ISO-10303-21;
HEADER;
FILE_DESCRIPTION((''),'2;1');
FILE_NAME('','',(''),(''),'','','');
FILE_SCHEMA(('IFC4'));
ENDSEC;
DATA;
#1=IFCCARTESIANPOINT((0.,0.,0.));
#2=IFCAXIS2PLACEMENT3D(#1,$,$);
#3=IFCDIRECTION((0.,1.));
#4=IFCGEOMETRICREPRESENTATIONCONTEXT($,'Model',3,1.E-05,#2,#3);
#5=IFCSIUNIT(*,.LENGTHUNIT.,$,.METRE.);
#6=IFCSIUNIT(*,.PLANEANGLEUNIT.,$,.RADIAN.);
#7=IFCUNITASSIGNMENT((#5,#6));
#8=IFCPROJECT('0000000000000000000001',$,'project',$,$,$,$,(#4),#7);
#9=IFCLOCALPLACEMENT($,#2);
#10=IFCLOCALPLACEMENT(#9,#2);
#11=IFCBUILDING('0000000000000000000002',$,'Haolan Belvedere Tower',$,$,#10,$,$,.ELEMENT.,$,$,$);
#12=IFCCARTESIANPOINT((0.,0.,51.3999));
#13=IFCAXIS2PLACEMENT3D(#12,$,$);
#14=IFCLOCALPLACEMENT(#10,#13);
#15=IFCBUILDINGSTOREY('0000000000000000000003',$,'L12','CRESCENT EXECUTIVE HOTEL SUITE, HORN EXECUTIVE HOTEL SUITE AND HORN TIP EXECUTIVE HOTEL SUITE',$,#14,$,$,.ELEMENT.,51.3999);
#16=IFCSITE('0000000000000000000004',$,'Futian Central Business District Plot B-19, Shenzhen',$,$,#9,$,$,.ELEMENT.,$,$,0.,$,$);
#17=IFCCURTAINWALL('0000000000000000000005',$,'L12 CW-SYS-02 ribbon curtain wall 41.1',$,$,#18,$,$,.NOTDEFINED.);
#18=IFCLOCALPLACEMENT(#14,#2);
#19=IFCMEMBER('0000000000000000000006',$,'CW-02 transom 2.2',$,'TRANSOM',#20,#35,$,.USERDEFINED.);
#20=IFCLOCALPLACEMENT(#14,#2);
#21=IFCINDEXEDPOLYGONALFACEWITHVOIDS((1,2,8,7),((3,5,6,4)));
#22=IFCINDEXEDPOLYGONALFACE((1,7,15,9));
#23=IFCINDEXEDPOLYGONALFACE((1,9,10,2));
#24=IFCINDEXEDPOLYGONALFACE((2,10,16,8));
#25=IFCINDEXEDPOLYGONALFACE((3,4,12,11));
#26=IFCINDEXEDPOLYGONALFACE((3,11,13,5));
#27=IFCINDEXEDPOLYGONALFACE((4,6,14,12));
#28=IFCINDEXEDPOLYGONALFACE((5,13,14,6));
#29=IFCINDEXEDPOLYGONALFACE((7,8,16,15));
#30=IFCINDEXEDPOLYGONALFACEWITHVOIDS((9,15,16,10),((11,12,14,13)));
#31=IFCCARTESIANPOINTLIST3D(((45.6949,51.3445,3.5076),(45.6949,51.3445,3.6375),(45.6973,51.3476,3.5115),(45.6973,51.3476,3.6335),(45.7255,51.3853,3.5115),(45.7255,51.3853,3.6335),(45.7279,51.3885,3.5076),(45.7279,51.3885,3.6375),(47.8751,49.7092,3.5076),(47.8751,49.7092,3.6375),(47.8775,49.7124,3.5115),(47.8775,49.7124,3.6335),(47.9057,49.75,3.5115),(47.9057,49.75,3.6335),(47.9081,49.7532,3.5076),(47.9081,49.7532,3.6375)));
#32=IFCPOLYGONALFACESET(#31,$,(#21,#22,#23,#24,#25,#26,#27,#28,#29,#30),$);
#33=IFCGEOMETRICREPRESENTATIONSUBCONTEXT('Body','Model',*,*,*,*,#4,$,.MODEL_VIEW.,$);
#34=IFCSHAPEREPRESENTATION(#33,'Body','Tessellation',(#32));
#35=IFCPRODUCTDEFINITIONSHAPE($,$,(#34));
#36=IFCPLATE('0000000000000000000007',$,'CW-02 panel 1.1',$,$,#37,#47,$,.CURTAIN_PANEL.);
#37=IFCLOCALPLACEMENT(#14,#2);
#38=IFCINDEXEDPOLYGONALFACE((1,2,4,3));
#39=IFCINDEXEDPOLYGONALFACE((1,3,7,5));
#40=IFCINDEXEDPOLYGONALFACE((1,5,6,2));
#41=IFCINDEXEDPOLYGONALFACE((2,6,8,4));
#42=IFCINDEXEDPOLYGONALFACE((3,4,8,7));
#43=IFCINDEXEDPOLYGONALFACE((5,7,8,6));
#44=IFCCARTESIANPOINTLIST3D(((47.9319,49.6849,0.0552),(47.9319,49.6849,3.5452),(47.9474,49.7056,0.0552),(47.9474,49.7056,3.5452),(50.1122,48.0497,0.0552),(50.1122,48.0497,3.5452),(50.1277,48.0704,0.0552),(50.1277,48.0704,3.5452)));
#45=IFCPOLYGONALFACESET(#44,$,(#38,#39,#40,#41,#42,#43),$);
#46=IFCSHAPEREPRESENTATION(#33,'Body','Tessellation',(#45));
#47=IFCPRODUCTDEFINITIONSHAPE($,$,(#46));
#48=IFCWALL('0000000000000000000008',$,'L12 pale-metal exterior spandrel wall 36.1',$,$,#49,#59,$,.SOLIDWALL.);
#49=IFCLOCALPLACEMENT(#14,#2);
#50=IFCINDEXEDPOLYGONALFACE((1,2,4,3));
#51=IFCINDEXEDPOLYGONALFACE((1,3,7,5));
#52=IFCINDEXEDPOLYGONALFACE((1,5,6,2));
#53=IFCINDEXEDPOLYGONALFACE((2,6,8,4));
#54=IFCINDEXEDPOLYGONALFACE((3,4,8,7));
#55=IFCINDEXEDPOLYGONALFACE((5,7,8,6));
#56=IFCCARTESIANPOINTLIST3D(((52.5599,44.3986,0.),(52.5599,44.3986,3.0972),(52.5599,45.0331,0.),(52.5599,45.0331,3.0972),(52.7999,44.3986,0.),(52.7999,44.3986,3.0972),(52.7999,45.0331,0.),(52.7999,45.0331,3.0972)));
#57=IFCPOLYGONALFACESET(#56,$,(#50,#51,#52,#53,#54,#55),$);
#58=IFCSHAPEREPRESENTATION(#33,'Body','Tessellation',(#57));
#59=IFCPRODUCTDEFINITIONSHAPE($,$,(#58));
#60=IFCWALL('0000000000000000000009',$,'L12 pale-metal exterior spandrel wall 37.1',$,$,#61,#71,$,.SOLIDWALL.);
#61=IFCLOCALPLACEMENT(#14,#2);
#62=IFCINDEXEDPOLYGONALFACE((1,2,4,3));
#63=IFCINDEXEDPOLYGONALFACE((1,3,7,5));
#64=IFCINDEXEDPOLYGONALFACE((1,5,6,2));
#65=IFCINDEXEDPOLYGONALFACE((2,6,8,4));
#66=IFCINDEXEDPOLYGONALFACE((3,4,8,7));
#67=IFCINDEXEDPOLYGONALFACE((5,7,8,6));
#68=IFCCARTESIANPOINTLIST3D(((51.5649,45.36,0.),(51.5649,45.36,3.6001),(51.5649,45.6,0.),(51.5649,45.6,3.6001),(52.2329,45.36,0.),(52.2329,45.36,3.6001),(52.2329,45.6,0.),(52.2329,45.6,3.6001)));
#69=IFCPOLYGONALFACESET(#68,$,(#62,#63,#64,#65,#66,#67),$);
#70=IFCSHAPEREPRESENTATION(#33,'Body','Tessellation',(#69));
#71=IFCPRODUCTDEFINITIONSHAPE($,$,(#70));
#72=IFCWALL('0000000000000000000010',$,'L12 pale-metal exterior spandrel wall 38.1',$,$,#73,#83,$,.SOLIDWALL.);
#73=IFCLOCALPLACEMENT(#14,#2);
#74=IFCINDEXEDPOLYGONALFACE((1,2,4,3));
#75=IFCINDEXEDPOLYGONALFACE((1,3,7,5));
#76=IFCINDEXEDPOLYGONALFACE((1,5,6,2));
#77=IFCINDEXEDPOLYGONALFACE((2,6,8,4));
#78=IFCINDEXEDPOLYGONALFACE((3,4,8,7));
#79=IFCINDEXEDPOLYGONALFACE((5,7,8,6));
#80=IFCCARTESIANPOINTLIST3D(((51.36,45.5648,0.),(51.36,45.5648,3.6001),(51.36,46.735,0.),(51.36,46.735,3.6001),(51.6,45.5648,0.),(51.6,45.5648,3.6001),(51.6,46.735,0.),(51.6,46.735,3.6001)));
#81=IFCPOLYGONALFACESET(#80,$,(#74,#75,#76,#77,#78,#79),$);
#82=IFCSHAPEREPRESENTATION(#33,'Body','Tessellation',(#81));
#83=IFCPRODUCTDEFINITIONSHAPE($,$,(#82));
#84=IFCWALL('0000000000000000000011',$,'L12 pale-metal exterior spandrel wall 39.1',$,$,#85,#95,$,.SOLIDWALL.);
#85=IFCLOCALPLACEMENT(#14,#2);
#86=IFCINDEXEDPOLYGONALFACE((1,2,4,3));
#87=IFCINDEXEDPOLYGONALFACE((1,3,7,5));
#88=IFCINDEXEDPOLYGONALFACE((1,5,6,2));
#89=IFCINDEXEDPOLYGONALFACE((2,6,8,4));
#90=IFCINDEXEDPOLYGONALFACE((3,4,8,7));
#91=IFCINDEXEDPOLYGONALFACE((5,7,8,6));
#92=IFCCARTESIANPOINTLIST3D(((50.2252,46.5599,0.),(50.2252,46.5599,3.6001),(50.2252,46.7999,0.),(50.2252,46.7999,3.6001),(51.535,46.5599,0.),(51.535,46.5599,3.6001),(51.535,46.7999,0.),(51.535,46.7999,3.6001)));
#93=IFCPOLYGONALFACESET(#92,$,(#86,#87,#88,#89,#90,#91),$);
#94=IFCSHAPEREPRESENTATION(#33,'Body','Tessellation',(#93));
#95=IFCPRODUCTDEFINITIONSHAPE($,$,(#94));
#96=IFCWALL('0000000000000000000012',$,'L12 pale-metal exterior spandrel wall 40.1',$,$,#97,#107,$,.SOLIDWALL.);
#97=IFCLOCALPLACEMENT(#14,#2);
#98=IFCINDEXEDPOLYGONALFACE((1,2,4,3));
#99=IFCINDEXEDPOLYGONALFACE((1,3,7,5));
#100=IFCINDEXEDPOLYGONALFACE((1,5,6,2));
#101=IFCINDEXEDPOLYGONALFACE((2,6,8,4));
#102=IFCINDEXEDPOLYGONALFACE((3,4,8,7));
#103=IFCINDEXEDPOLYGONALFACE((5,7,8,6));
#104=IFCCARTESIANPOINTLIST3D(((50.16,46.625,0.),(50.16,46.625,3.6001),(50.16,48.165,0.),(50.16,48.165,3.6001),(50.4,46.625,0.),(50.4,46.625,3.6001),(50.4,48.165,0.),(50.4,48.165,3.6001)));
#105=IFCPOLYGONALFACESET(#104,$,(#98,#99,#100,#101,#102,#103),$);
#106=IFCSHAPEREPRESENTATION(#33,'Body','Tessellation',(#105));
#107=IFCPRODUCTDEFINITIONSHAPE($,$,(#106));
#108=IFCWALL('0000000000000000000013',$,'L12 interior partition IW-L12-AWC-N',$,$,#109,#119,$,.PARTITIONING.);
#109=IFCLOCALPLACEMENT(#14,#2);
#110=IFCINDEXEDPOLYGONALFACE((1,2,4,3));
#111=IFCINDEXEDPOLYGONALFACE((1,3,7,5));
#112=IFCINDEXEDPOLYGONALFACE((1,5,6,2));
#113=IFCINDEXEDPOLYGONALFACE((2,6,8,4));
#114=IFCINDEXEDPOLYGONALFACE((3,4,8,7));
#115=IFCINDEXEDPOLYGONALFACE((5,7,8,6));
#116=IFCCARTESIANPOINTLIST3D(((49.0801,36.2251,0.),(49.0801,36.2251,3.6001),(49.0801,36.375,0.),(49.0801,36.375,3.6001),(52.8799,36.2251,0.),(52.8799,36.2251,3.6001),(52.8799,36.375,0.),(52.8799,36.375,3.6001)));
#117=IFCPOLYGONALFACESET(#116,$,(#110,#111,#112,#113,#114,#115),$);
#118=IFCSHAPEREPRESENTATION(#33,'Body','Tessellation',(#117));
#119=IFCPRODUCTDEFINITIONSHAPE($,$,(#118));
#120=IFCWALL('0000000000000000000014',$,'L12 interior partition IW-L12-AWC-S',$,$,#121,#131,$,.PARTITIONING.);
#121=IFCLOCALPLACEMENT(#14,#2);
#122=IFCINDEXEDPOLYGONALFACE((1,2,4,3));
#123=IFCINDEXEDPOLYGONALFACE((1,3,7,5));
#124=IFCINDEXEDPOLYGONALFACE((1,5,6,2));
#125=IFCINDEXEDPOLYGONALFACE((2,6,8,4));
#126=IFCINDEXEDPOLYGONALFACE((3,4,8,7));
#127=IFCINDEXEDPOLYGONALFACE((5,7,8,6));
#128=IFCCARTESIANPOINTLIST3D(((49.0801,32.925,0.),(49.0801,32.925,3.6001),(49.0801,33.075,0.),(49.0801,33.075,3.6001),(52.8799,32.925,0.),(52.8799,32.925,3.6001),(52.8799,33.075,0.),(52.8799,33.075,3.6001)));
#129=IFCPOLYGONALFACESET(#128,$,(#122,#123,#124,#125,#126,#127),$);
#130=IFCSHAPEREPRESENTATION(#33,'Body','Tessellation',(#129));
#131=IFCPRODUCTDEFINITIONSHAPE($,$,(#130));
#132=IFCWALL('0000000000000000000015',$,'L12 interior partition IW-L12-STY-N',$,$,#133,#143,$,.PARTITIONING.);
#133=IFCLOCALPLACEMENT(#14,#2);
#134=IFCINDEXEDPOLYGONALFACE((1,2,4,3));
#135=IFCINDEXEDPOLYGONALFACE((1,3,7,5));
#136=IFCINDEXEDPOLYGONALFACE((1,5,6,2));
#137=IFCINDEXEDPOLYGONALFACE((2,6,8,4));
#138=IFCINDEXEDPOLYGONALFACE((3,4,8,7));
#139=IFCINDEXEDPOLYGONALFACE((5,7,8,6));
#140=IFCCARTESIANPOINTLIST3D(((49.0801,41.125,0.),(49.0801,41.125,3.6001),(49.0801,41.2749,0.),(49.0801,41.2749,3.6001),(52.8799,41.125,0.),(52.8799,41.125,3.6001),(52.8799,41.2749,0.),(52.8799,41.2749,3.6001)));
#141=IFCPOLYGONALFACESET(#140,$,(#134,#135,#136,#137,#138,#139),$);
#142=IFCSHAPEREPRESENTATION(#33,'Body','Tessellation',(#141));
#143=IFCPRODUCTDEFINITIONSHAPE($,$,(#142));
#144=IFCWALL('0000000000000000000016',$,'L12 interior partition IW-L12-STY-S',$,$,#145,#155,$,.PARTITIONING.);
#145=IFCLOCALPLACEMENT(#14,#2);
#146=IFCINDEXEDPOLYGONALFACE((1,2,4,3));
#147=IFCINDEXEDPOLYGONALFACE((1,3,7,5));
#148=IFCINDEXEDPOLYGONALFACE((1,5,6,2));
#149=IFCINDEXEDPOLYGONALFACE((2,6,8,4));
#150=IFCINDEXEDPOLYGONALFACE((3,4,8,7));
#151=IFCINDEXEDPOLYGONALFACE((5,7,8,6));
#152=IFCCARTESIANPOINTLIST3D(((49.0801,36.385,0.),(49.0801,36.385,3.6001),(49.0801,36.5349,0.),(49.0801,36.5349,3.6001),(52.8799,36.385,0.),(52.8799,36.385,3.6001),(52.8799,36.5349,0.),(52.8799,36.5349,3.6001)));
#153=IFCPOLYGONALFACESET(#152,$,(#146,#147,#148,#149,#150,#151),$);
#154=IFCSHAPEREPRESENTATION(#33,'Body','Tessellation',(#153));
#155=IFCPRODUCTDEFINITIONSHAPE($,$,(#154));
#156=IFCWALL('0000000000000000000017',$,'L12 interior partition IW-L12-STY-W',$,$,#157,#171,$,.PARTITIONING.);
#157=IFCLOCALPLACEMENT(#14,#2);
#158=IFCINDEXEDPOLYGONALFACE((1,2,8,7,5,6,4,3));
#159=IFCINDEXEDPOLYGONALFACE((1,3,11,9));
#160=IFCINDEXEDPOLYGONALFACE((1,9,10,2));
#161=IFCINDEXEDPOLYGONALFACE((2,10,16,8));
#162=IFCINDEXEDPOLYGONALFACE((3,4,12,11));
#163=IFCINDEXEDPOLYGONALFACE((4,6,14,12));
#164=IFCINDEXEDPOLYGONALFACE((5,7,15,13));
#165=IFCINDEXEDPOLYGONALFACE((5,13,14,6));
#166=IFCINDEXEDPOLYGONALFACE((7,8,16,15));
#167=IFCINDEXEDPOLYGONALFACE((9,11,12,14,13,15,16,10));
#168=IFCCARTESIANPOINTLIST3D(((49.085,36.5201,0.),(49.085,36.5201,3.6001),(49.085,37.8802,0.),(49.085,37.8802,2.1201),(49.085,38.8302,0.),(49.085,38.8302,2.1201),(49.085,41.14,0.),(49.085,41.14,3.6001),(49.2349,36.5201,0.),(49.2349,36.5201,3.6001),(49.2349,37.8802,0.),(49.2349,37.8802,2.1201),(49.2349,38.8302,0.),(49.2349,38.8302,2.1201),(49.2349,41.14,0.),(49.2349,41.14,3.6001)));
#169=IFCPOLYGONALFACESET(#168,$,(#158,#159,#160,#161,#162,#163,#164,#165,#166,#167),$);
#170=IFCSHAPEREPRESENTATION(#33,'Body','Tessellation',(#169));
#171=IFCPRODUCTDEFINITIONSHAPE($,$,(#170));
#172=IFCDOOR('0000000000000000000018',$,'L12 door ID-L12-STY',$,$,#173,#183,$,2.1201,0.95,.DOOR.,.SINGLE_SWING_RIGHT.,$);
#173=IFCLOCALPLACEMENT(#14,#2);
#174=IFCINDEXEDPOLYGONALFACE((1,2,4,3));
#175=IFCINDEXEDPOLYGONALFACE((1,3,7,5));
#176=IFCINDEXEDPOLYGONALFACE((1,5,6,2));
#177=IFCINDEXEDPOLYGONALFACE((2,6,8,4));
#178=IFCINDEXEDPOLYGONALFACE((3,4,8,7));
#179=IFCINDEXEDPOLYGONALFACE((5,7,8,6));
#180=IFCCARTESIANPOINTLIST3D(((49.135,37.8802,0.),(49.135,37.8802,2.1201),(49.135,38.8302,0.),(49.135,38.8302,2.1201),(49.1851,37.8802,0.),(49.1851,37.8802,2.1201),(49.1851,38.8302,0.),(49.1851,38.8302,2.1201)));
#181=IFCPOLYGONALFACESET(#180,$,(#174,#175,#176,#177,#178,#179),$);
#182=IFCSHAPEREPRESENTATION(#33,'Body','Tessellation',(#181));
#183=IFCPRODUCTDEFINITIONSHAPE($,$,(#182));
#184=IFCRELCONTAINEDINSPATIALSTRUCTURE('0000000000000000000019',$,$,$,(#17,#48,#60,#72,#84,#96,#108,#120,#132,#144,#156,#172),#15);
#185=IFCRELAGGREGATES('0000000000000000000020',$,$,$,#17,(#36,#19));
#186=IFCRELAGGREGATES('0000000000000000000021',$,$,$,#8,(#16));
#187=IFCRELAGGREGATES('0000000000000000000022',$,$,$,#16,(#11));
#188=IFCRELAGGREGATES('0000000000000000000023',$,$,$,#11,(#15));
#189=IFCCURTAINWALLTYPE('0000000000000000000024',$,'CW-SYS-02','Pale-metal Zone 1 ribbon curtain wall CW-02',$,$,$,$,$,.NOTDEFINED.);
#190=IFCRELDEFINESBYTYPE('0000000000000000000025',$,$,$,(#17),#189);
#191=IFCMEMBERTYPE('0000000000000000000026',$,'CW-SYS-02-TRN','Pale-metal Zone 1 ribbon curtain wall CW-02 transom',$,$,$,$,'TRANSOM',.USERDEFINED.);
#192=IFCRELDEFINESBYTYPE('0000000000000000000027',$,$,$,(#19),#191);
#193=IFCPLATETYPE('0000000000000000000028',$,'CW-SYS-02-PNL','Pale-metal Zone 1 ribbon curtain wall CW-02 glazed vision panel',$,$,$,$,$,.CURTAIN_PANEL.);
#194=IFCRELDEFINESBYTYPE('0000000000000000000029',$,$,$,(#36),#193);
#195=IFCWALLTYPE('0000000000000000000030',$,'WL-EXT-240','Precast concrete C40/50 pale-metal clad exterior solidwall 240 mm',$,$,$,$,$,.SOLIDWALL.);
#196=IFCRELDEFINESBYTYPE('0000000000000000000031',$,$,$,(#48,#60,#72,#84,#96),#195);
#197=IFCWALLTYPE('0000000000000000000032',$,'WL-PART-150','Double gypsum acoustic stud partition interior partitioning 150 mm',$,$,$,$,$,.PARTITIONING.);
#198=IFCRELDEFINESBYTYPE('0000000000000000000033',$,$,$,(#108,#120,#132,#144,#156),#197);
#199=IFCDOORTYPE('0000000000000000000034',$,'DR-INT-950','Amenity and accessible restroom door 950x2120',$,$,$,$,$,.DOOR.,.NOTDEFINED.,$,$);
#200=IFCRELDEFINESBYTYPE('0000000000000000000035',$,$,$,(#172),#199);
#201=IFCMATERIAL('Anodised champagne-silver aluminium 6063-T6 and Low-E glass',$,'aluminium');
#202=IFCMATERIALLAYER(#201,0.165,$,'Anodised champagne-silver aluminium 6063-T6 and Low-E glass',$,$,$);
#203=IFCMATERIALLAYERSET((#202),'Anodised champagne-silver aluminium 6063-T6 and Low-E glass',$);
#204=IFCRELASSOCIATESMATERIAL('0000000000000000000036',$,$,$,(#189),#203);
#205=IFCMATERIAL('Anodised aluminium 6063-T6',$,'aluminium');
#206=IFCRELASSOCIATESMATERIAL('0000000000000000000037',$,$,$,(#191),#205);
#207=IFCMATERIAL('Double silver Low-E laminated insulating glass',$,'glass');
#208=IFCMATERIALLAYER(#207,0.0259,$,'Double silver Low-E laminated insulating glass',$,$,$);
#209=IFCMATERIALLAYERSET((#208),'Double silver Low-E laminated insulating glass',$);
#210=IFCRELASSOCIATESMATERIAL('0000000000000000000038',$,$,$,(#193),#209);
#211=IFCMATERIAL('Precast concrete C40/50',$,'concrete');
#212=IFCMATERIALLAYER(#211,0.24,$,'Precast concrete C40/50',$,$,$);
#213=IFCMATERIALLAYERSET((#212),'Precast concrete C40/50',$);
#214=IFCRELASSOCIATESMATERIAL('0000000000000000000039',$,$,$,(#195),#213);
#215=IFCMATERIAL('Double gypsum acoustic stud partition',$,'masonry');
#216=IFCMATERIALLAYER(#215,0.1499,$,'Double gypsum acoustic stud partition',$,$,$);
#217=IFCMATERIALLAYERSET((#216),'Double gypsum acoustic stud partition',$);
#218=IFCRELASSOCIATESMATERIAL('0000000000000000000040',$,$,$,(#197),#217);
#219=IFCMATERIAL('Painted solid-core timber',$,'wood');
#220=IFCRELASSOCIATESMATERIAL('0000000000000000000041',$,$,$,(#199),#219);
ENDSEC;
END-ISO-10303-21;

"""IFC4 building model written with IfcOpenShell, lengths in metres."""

from ifc_helpers import new_model, si_unit, direction, frame, frame_2d, origin, origin_2d, place, context, subcontext, project, spatial, rectangle, hollow_rectangle, extrude, material, layer, layer_set, material_profile, profile_set, type_object, element, fill, aggregate, save


model = new_model("IFC4")

# Units and contexts
model_context = context("Model", 3, precision=1e-05, world=origin(), true_north=direction((0.0, 1.0)))
body_context = subcontext(model_context, "Body", "Model", "MODEL_VIEW")
ifc_project = project(units=[si_unit("LENGTHUNIT", "METRE"), si_unit("PLANEANGLEUNIT", "RADIAN")], contexts=[model_context])

# Site, building, storey
site_placement = place(None, origin())
site = spatial("IfcSite", under=ifc_project, at=site_placement, Name="Futian Central Business District Plot B-19, Shenzhen", CompositionType="ELEMENT", RefElevation=0.0)
building_placement = place(site_placement, origin())
building = spatial("IfcBuilding", under=site, at=building_placement, Name="Haolan Belvedere Tower", CompositionType="ELEMENT")
storey_placement = place(building_placement, frame((0.0, 0.0, 51.3999)))
storey = spatial("IfcBuildingStorey", under=building, at=storey_placement, Name="L12", Description="CRESCENT EXECUTIVE HOTEL SUITE, HORN EXECUTIVE HOTEL SUITE AND HORN TIP EXECUTIVE HOTEL SUITE", CompositionType="ELEMENT", Elevation=51.3999)

# Curtain wall, member, plate
ifc_material_1 = material(Name="Anodised champagne-silver aluminium 6063-T6 and Low-E glass", Category="aluminium")
ifc_layer_1 = layer(ifc_material_1, 0.165, Name="Anodised champagne-silver aluminium 6063-T6 and Low-E glass")
ifc_layer_set_1 = layer_set([ifc_layer_1], Name="Anodised champagne-silver aluminium 6063-T6 and Low-E glass")
curtain_wall_type = type_object("IfcCurtainWallType", Name="CW-SYS-02", Description="Pale-metal Zone 1 ribbon curtain wall CW-02", PredefinedType="NOTDEFINED", material=ifc_layer_set_1)
curtain_wall_placement = place(storey_placement, origin())
curtain_wall = element("IfcCurtainWall", 1, at=curtain_wall_placement, inside=storey, type_object=curtain_wall_type, Name="L12 CW-SYS-02 ribbon curtain wall 41.1", PredefinedType="NOTDEFINED")
ifc_material_2 = material(Name="Anodised aluminium 6063-T6", Category="aluminium")
ifc_material_profile_1 = material_profile(ifc_material_2, hollow_rectangle(XDim=0.0549, YDim=0.1299, WallThickness=0.0039, at=origin_2d()), Name="Anodised aluminium 6063-T6")
ifc_profile_set_1 = profile_set([ifc_material_profile_1], Name="Anodised aluminium 6063-T6")
member_type_1 = type_object("IfcMemberType", Name="CW-SYS-02-TRN", Description="Pale-metal Zone 1 ribbon curtain wall CW-02 transom", ElementType="TRANSOM", PredefinedType="USERDEFINED", material=ifc_profile_set_1)
member_1_placement = place(storey_placement, frame((47.8916, 49.7312, 3.5725), z_axis=(-0.799978, 0.600029, 0.0), x_axis=(-0.600029, -0.799978, 0.0)))
member_1 = element("IfcMember", 2, at=member_1_placement, type_object=member_type_1, Name="CW-02 transom 2.2", ObjectType="TRANSOM", PredefinedType="USERDEFINED", context=body_context, shape_type="SweptSolid", body=[
    extrude(hollow_rectangle(XDim=0.0549, YDim=0.1299, WallThickness=0.0039, at=origin_2d()), origin(), (0.0, 0.0, 1.0), 2.7253),
])
ifc_material_3 = material(Name="Double silver Low-E laminated insulating glass", Category="glass")
ifc_layer_2 = layer(ifc_material_3, 0.0259, Name="Double silver Low-E laminated insulating glass")
ifc_layer_set_2 = layer_set([ifc_layer_2], Name="Double silver Low-E laminated insulating glass")
plate_type = type_object("IfcPlateType", Name="CW-SYS-02-PNL", Description="Pale-metal Zone 1 ribbon curtain wall CW-02 glazed vision panel", PredefinedType="CURTAIN_PANEL", material=ifc_layer_set_2)
plate_placement = place(storey_placement, frame((49.0298, 48.8777, 0.0552), z_axis=(0.0, 0.0, 1.0), x_axis=(-0.800004, 0.599994, 0.0)))
plate = element("IfcPlate", 3, at=plate_placement, type_object=plate_type, Name="CW-02 panel 1.1", PredefinedType="CURTAIN_PANEL", context=body_context, shape_type="SweptSolid", body=[
    extrude(rectangle(XDim=2.7253, YDim=0.0259, at=origin_2d()), origin(), (0.0, 0.0, 1.0), 3.49),
])
aggregate(curtain_wall, [plate, member_1])

# Walls
ifc_material_4 = material(Name="Precast concrete C40/50", Category="concrete")
ifc_layer_3 = layer(ifc_material_4, 0.24, Name="Precast concrete C40/50")
ifc_layer_set_3 = layer_set([ifc_layer_3], Name="Precast concrete C40/50")
wall_type_1 = type_object("IfcWallType", Name="WL-EXT-240", Description="Precast concrete C40/50 pale-metal clad exterior solidwall 240 mm", PredefinedType="SOLIDWALL", material=ifc_layer_set_3)
wall_1_placement = place(storey_placement, frame((52.6799, 44.3984, 0.0), z_axis=(0.0, 0.0, 1.0), x_axis=(0.0, 1.0, 0.0)))
element("IfcWall", 4, at=wall_1_placement, inside=storey, type_object=wall_type_1, Name="L12 pale-metal exterior spandrel wall 36.1", PredefinedType="SOLIDWALL", context=body_context, shape_type="SweptSolid", body=[
    extrude(rectangle(XDim=0.6345, YDim=0.24, at=frame_2d((0.3174, 0.0))), origin(), (0.0, 0.0, 1.0), 3.0972),
])
wall_2_placement = place(storey_placement, frame((52.2329, 45.48, 0.0), z_axis=(0.0, 0.0, 1.0), x_axis=(-1.0, 0.0, 0.0)))
element("IfcWall", 5, at=wall_2_placement, inside=storey, type_object=wall_type_1, Name="L12 pale-metal exterior spandrel wall 37.1", PredefinedType="SOLIDWALL", context=body_context, shape_type="SweptSolid", body=[
    extrude(rectangle(XDim=0.668, YDim=0.24, at=frame_2d((0.334, 0.0))), origin(), (0.0, 0.0, 1.0), 3.6001),
])
wall_3_placement = place(storey_placement, frame((51.48, 45.5649, 0.0), z_axis=(0.0, 0.0, 1.0), x_axis=(0.0, 1.0, 0.0)))
element("IfcWall", 6, at=wall_3_placement, inside=storey, type_object=wall_type_1, Name="L12 pale-metal exterior spandrel wall 38.1", PredefinedType="SOLIDWALL", context=body_context, shape_type="SweptSolid", body=[
    extrude(rectangle(XDim=1.1702, YDim=0.24, at=frame_2d((0.585, 0.0))), origin(), (0.0, 0.0, 1.0), 3.6001),
])
wall_4_placement = place(storey_placement, frame((51.5349, 46.6799, 0.0), z_axis=(0.0, 0.0, 1.0), x_axis=(-1.0, 0.0, 0.0)))
element("IfcWall", 7, at=wall_4_placement, inside=storey, type_object=wall_type_1, Name="L12 pale-metal exterior spandrel wall 39.1", PredefinedType="SOLIDWALL", context=body_context, shape_type="SweptSolid", body=[
    extrude(rectangle(XDim=1.3098, YDim=0.24, at=frame_2d((0.6548, 0.0))), origin(), (0.0, 0.0, 1.0), 3.6001),
])
wall_5_placement = place(storey_placement, frame((50.28, 46.625, 0.0), z_axis=(0.0, 0.0, 1.0), x_axis=(0.0, 1.0, 0.0)))
element("IfcWall", 8, at=wall_5_placement, inside=storey, type_object=wall_type_1, Name="L12 pale-metal exterior spandrel wall 40.1", PredefinedType="SOLIDWALL", context=body_context, shape_type="SweptSolid", body=[
    extrude(rectangle(XDim=1.54, YDim=0.24, at=frame_2d((0.77, 0.0))), origin(), (0.0, 0.0, 1.0), 3.6001),
])
ifc_material_5 = material(Name="Double gypsum acoustic stud partition", Category="masonry")
ifc_layer_4 = layer(ifc_material_5, 0.1499, Name="Double gypsum acoustic stud partition")
ifc_layer_set_4 = layer_set([ifc_layer_4], Name="Double gypsum acoustic stud partition")
wall_type_2 = type_object("IfcWallType", Name="WL-PART-150", Description="Double gypsum acoustic stud partition interior partitioning 150 mm", PredefinedType="PARTITIONING", material=ifc_layer_set_4)
for number, where, z_axis, x_axis, name in (
    (9, (49.0801, 36.3, 0.0), (0.0, 0.0, 1.0), (1.0, 0.0, 0.0), "L12 interior partition IW-L12-AWC-N"),
    (10, (49.0801, 33.0, 0.0), (0.0, 0.0, 1.0), (1.0, 0.0, 0.0), "L12 interior partition IW-L12-AWC-S"),
):
    element("IfcWall", number, at=place(storey_placement, frame(where, z_axis=z_axis, x_axis=x_axis)), inside=storey, type_object=wall_type_2, Name=name, PredefinedType="PARTITIONING", context=body_context, shape_type="SweptSolid", body=[
        extrude(rectangle(XDim=3.7998, YDim=0.1499, at=frame_2d((1.8999, 0.0))), origin(), (0.0, 0.0, 1.0), 3.6001),
    ])

# Shared definitions
ifc_material_6 = material(Name="Painted solid-core timber", Category="wood")
door_type = type_object("IfcDoorType", Name="DR-INT-950", Description="Amenity and accessible restroom door 950x2120", OperationType="NOTDEFINED", PredefinedType="DOOR", material=ifc_material_6)

# Walls
for number, where, z_axis, x_axis, name in (
    (11, (49.0801, 41.2, 0.0), (0.0, 0.0, 1.0), (1.0, 0.0, 0.0), "L12 interior partition IW-L12-STY-N"),
    (12, (49.0801, 36.46, 0.0), (0.0, 0.0, 1.0), (1.0, 0.0, 0.0), "L12 interior partition IW-L12-STY-S"),
):
    element("IfcWall", number, at=place(storey_placement, frame(where, z_axis=z_axis, x_axis=x_axis)), inside=storey, type_object=wall_type_2, Name=name, PredefinedType="PARTITIONING", context=body_context, shape_type="SweptSolid", body=[
        extrude(rectangle(XDim=3.7998, YDim=0.1499, at=frame_2d((1.8999, 0.0))), origin(), (0.0, 0.0, 1.0), 3.6001),
    ])

# Wall, opening, door
wall_6_placement = place(storey_placement, frame((49.1599, 36.52, 0.0), z_axis=(0.0, 0.0, 1.0), x_axis=(0.0, 1.0, 0.0)))
wall_6 = element("IfcWall", 13, at=wall_6_placement, inside=storey, type_object=wall_type_2, Name="L12 interior partition IW-L12-STY-W", PredefinedType="PARTITIONING", context=body_context, shape_type="SweptSolid", body=[
    extrude(rectangle(XDim=4.6199, YDim=0.1499, at=frame_2d((2.3101, 0.0))), origin(), (0.0, 0.0, 1.0), 3.6001),
])
opening_1_placement = place(wall_6_placement, frame((1.3601, 0.0, 0.0)))
opening_1 = element("IfcOpeningElement", 14, at=opening_1_placement, cuts=wall_6, PredefinedType="OPENING", context=body_context, shape_type="SweptSolid", body=[
    extrude(rectangle(XDim=0.95, YDim=2.1201, at=frame_2d((0.4751, 1.0601))), frame((0.0, 0.085, 0.0), z_axis=(0.0, -1.0, 0.0), x_axis=(1.0, 0.0, 0.0)), (0.0, 0.0, 1.0), 0.1699),
])
door_1_placement = place(opening_1_placement, origin())
door_1 = element("IfcDoor", 15, at=door_1_placement, inside=storey, type_object=door_type, Name="L12 door ID-L12-STY", OperationType="SINGLE_SWING_RIGHT", OverallHeight=2.1201, OverallWidth=0.95, PredefinedType="DOOR", context=body_context, shape_type="SweptSolid", body=[
    extrude(rectangle(XDim=0.95, YDim=2.1201, at=frame_2d((0.4751, 1.0601))), frame((0.0, 0.0249, 0.0), z_axis=(0.0, -1.0, 0.0), x_axis=(1.0, 0.0, 0.0)), (0.0, 0.0, 1.0), 0.05),
])
fill(opening_1, door_1)

save(model, "model.ifc")
